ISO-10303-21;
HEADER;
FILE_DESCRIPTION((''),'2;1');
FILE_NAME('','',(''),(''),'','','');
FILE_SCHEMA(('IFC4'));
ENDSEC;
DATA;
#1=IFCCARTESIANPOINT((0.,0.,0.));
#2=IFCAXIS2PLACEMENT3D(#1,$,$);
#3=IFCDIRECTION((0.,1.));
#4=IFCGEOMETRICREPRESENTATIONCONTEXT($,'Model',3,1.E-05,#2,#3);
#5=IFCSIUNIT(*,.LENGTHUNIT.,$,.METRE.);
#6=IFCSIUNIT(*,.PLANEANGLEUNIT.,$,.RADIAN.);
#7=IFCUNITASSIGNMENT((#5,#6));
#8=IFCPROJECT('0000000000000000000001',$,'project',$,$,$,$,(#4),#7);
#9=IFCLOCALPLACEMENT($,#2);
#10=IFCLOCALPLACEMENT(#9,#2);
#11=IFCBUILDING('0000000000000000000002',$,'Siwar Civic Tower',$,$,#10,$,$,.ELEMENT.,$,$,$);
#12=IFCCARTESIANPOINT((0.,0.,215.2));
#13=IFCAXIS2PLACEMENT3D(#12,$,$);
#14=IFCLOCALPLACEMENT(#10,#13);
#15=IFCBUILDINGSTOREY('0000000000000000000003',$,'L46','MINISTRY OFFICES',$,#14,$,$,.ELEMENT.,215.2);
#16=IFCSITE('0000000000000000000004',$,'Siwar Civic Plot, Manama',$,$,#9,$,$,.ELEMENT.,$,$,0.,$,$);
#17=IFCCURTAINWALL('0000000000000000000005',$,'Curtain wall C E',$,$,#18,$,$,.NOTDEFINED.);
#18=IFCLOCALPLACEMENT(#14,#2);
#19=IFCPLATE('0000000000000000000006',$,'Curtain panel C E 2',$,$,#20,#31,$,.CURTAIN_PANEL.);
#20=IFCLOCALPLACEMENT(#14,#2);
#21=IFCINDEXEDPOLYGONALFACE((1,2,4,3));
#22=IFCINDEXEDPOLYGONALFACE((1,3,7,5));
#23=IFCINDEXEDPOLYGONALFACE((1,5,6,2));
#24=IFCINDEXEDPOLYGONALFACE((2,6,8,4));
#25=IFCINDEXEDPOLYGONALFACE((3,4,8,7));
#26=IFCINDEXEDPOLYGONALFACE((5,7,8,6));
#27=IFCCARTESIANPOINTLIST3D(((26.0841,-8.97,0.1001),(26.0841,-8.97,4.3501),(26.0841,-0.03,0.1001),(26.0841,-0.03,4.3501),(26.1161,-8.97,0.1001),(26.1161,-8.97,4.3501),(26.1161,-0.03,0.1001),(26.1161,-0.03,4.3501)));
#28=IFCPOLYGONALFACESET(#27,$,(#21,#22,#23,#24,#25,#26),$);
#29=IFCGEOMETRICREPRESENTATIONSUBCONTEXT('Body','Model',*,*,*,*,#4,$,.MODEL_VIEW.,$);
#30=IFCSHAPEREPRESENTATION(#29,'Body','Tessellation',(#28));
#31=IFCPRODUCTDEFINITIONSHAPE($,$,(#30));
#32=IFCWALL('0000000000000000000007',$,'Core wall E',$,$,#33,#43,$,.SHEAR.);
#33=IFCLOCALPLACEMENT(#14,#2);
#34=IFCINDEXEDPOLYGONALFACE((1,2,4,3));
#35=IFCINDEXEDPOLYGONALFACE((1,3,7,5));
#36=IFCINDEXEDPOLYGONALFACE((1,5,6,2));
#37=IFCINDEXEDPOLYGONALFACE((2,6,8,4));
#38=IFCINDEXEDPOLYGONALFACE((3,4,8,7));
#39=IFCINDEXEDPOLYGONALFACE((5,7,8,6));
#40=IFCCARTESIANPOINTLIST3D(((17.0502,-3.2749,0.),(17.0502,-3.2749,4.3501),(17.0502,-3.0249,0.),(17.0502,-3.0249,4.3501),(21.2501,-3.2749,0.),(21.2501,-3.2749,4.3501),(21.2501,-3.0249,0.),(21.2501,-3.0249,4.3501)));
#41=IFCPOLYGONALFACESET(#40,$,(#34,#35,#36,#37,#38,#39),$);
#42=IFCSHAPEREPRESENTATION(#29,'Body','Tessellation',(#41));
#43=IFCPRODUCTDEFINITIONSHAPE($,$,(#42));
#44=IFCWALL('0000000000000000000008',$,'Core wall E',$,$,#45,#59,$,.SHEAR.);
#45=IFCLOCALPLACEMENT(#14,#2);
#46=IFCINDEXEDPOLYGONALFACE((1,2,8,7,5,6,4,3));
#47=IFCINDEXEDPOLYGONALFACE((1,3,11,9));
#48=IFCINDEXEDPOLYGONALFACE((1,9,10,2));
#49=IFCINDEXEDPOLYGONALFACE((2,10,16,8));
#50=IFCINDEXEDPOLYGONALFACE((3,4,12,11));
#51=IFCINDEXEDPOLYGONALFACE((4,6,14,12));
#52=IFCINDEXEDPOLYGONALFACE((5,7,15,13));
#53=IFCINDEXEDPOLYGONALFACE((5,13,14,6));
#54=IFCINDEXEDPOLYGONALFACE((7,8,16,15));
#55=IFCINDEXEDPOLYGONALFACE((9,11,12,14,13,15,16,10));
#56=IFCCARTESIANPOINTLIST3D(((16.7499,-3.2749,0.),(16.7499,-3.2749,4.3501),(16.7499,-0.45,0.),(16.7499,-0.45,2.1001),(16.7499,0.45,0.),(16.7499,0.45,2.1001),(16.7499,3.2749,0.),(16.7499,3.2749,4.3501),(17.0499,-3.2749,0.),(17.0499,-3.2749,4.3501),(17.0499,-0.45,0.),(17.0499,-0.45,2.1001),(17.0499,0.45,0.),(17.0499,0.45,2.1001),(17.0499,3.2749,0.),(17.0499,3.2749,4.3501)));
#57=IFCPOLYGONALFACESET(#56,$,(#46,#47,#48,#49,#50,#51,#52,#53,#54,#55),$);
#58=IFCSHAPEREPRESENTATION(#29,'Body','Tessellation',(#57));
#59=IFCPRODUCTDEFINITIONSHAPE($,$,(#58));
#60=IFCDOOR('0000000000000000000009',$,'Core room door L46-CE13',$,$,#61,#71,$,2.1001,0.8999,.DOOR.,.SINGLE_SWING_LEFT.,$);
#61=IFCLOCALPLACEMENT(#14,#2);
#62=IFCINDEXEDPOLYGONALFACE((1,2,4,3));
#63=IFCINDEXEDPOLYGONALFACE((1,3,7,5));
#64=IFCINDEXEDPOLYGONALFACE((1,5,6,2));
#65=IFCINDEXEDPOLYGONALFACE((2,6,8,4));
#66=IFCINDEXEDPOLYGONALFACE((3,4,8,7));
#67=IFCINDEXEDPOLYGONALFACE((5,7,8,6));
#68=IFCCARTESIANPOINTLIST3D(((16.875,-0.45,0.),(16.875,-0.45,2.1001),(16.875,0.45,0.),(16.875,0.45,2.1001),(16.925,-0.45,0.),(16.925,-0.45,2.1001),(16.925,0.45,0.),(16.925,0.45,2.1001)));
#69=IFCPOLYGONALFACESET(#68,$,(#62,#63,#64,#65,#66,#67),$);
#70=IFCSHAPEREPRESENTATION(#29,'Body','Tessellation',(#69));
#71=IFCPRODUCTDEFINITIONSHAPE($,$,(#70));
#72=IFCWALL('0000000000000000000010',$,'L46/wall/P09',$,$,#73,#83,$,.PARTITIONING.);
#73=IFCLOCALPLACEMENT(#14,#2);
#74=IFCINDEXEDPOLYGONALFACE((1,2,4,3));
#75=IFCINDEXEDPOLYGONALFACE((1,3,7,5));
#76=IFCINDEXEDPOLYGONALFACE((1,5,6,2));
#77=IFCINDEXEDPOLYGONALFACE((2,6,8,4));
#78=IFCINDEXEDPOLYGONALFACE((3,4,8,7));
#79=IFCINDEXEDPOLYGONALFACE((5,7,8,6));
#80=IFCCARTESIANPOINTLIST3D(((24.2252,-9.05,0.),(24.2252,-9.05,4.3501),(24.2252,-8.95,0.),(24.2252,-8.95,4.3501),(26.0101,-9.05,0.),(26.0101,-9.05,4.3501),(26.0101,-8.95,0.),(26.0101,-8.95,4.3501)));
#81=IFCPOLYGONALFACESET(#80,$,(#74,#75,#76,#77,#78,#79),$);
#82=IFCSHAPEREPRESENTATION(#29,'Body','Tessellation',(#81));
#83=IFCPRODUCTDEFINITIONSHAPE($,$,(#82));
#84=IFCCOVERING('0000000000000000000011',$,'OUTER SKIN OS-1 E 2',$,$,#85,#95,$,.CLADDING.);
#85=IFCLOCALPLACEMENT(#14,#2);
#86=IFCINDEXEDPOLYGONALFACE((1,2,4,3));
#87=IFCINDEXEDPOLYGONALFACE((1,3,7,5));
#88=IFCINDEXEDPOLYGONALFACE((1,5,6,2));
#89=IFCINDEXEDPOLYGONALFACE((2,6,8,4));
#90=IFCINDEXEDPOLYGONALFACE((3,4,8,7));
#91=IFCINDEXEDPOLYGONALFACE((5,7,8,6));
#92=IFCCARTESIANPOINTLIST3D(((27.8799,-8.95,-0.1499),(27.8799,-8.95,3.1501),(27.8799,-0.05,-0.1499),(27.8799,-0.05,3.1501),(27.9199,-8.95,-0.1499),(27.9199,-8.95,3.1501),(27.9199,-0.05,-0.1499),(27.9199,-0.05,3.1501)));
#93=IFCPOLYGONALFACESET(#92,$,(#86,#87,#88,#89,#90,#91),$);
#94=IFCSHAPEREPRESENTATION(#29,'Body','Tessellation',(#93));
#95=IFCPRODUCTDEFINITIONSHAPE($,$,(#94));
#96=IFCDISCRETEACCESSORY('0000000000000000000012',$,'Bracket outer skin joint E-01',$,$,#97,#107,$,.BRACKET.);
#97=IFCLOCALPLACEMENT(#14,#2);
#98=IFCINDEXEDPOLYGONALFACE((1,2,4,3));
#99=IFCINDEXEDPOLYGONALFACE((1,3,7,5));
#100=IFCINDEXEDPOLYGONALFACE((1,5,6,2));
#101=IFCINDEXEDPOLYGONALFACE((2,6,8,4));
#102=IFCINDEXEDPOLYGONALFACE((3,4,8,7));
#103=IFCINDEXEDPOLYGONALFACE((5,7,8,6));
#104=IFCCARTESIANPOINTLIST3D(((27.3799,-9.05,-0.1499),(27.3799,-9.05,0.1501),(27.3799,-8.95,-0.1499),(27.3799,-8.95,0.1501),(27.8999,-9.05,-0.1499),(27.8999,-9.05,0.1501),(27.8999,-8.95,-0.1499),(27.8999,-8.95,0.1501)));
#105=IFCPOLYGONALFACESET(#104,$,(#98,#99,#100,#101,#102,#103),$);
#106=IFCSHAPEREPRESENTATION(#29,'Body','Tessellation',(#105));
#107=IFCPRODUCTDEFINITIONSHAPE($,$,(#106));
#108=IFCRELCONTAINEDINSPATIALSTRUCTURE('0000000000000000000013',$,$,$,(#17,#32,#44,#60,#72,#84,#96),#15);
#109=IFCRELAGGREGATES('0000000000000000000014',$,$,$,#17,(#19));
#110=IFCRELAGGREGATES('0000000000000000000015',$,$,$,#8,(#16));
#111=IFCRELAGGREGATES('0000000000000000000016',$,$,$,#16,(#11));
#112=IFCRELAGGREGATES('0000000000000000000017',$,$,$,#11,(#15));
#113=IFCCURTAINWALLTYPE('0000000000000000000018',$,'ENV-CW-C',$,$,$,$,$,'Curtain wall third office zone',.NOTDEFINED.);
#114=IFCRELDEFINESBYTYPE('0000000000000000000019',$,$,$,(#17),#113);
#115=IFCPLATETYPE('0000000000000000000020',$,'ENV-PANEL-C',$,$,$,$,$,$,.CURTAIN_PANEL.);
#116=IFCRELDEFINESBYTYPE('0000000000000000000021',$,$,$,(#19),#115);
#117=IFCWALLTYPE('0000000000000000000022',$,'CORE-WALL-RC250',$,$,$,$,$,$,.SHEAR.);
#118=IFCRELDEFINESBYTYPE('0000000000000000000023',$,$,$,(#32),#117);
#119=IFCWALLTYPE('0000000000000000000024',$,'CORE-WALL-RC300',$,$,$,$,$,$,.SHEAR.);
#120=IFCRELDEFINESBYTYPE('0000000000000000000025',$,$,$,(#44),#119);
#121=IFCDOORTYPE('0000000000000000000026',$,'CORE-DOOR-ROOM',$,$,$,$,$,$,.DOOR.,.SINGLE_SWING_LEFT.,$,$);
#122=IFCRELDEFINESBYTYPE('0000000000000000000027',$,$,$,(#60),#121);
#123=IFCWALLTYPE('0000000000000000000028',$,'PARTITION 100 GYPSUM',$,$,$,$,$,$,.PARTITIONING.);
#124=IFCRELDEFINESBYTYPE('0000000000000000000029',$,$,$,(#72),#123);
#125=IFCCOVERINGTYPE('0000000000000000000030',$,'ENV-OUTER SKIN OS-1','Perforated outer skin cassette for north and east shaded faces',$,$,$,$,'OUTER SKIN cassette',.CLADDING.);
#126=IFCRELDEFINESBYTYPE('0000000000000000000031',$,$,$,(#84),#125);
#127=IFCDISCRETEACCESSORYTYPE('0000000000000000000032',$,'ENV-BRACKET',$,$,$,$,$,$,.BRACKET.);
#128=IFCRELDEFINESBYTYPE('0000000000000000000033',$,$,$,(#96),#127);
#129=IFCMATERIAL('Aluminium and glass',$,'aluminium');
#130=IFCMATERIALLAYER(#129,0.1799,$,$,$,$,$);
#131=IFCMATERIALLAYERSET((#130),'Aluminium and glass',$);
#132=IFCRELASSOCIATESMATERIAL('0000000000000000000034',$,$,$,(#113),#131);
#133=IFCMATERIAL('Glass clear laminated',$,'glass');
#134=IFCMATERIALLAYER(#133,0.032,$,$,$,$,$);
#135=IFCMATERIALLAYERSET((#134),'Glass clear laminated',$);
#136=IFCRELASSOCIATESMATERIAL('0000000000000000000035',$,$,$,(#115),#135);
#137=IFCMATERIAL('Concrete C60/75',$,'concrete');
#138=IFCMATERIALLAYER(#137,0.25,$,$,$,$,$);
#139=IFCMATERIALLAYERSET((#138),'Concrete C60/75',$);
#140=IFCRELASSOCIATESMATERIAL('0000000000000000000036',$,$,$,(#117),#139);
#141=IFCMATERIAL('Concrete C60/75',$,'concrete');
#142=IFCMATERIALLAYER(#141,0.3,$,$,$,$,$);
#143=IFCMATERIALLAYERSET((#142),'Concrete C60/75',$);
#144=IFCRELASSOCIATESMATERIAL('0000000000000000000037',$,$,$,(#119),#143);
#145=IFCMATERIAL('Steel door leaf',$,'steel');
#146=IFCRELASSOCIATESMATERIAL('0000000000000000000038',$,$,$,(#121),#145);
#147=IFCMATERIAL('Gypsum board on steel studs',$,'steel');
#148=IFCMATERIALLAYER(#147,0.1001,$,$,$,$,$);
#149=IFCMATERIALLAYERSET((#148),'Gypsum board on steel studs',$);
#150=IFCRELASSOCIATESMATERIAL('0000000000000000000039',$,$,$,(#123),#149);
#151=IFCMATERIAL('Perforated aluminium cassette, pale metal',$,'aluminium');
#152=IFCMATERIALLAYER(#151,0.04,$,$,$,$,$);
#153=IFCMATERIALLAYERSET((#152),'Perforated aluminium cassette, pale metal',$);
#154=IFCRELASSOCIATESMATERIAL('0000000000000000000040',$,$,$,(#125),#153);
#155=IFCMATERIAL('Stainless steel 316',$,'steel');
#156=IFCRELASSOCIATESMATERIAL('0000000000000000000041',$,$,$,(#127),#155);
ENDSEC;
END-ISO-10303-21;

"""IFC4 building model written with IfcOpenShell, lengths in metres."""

from ifc_helpers import new_model, si_unit, direction, frame, frame_2d, origin, origin_2d, place, context, subcontext, project, spatial, rectangle, extrude, material, layer, layer_set, type_object, element, fill, aggregate, save


model = new_model("IFC4")

# Units and contexts
model_context = context("Model", 3, precision=1e-05, world=origin(), true_north=direction((0.0, 1.0)))
body_context = subcontext(model_context, "Body", "Model", "MODEL_VIEW")
ifc_project = project(units=[si_unit("LENGTHUNIT", "METRE"), si_unit("PLANEANGLEUNIT", "RADIAN")], contexts=[model_context])

# Site, building, storey
site_placement = place(None, origin())
site = spatial("IfcSite", under=ifc_project, at=site_placement, Name="Siwar Civic Plot, Manama", CompositionType="ELEMENT", RefElevation=0.0)
building_placement = place(site_placement, origin())
building = spatial("IfcBuilding", under=site, at=building_placement, Name="Siwar Civic Tower", CompositionType="ELEMENT")
storey_placement = place(building_placement, frame((0.0, 0.0, 215.2)))
storey = spatial("IfcBuildingStorey", under=building, at=storey_placement, Name="L46", Description="MINISTRY OFFICES", CompositionType="ELEMENT", Elevation=215.2)

# Curtain wall
ifc_material_1 = material(Name="Aluminium and glass", Category="aluminium")
ifc_layer_1 = layer(ifc_material_1, 0.1799)
ifc_layer_set_1 = layer_set([ifc_layer_1], Name="Aluminium and glass")
curtain_wall_type = type_object("IfcCurtainWallType", Name="ENV-CW-C", ElementType="Curtain wall third office zone", PredefinedType="NOTDEFINED", material=ifc_layer_set_1)
curtain_wall_placement = place(storey_placement, origin())
curtain_wall = element("IfcCurtainWall", 1, at=curtain_wall_placement, inside=storey, type_object=curtain_wall_type, Name="Curtain wall C E", PredefinedType="NOTDEFINED")

# Plate
ifc_material_2 = material(Name="Glass clear laminated", Category="glass")
ifc_layer_2 = layer(ifc_material_2, 0.032)
ifc_layer_set_2 = layer_set([ifc_layer_2], Name="Glass clear laminated")
plate_type = type_object("IfcPlateType", Name="ENV-PANEL-C", PredefinedType="CURTAIN_PANEL", material=ifc_layer_set_2)
plate_placement = place(storey_placement, frame((26.1001, -4.5, 0.1001), z_axis=(0.0, 0.0, 1.0), x_axis=(0.0, 1.0, 0.0)))
plate = element("IfcPlate", 2, at=plate_placement, type_object=plate_type, Name="Curtain panel C E 2", PredefinedType="CURTAIN_PANEL", context=body_context, shape_type="SweptSolid", body=[
    extrude(rectangle(XDim=8.9399, YDim=0.032, at=origin_2d()), origin(), (0.0, 0.0, 1.0), 4.25),
])
aggregate(curtain_wall, [plate])

# Wall
ifc_material_3 = material(Name="Concrete C60/75", Category="concrete")
ifc_layer_3 = layer(ifc_material_3, 0.25)
ifc_layer_set_3 = layer_set([ifc_layer_3], Name="Concrete C60/75")
wall_type_1 = type_object("IfcWallType", Name="CORE-WALL-RC250", PredefinedType="SHEAR", material=ifc_layer_set_3)
wall_1_placement = place(storey_placement, frame((17.05, -3.1499, 0.0), z_axis=(0.0, 0.0, 1.0), x_axis=(1.0, 0.0, 0.0)))
element("IfcWall", 3, at=wall_1_placement, inside=storey, type_object=wall_type_1, Name="Core wall E", PredefinedType="SHEAR", context=body_context, shape_type="SweptSolid", body=[
    extrude(rectangle(XDim=4.2, YDim=0.25, at=frame_2d((2.1001, 0.0))), origin(), (0.0, 0.0, 1.0), 4.3501),
])

# Wall, opening, door
ifc_material_4 = material(Name="Concrete C60/75", Category="concrete")
ifc_layer_4 = layer(ifc_material_4, 0.3)
ifc_layer_set_4 = layer_set([ifc_layer_4], Name="Concrete C60/75")
wall_type_2 = type_object("IfcWallType", Name="CORE-WALL-RC300", PredefinedType="SHEAR", material=ifc_layer_set_4)
wall_2_placement = place(storey_placement, frame((16.8999, -3.2749, 0.0), z_axis=(0.0, 0.0, 1.0), x_axis=(0.0, 1.0, 0.0)))
wall_2 = element("IfcWall", 4, at=wall_2_placement, inside=storey, type_object=wall_type_2, Name="Core wall E", PredefinedType="SHEAR", context=body_context, shape_type="SweptSolid", body=[
    extrude(rectangle(XDim=6.5498, YDim=0.3, at=frame_2d((3.2749, 0.0))), origin(), (0.0, 0.0, 1.0), 4.3501),
])
opening_placement = place(wall_2_placement, frame((2.825, 0.0, 0.0)))
opening = element("IfcOpeningElement", 5, at=opening_placement, cuts=wall_2, PredefinedType="OPENING", context=body_context, shape_type="SweptSolid", body=[
    extrude(rectangle(XDim=0.8999, YDim=2.1001, at=frame_2d((0.45, 1.05))), frame((0.0, 0.1602, 0.0), z_axis=(0.0, -1.0, 0.0), x_axis=(1.0, 0.0, 0.0)), (0.0, 0.0, 1.0), 0.3201),
])
ifc_material_5 = material(Name="Steel door leaf", Category="steel")
door_type = type_object("IfcDoorType", Name="CORE-DOOR-ROOM", OperationType="SINGLE_SWING_LEFT", PredefinedType="DOOR", material=ifc_material_5)
door_placement = place(opening_placement, origin())
door = element("IfcDoor", 6, at=door_placement, inside=storey, type_object=door_type, Name="Core room door L46-CE13", OperationType="SINGLE_SWING_LEFT", OverallHeight=2.1001, OverallWidth=0.8999, PredefinedType="DOOR", context=body_context, shape_type="SweptSolid", body=[
    extrude(rectangle(XDim=0.8999, YDim=2.1001, at=frame_2d((0.45, 1.05))), frame((0.0, 0.0249, 0.0), z_axis=(0.0, -1.0, 0.0), x_axis=(1.0, 0.0, 0.0)), (0.0, 0.0, 1.0), 0.05),
])
fill(opening, door)

# Wall
ifc_material_6 = material(Name="Gypsum board on steel studs", Category="steel")
ifc_layer_5 = layer(ifc_material_6, 0.1001)
ifc_layer_set_5 = layer_set([ifc_layer_5], Name="Gypsum board on steel studs")
wall_type_3 = type_object("IfcWallType", Name="PARTITION 100 GYPSUM", PredefinedType="PARTITIONING", material=ifc_layer_set_5)
wall_3_placement = place(storey_placement, frame((24.2251, -9.0, 0.0), z_axis=(0.0, 0.0, 1.0), x_axis=(1.0, 0.0, 0.0)))
element("IfcWall", 7, at=wall_3_placement, inside=storey, type_object=wall_type_3, Name="L46/wall/P09", PredefinedType="PARTITIONING", context=body_context, shape_type="SweptSolid", body=[
    extrude(rectangle(XDim=1.7849, YDim=0.1001, at=frame_2d((0.8926, 0.0))), origin(), (0.0, 0.0, 1.0), 4.3501),
])

# Covering
ifc_material_7 = material(Name="Perforated aluminium cassette, pale metal", Category="aluminium")
ifc_layer_6 = layer(ifc_material_7, 0.04)
ifc_layer_set_6 = layer_set([ifc_layer_6], Name="Perforated aluminium cassette, pale metal")
covering_type = type_object("IfcCoveringType", Name="ENV-OUTER SKIN OS-1", Description="Perforated outer skin cassette for north and east shaded faces", ElementType="OUTER SKIN cassette", PredefinedType="CLADDING", material=ifc_layer_set_6)
covering_placement = place(storey_placement, frame((27.8999, -4.5, -0.1499), z_axis=(0.0, 0.0, 1.0), x_axis=(0.0, 1.0, 0.0)))
element("IfcCovering", 8, at=covering_placement, inside=storey, type_object=covering_type, Name="OUTER SKIN OS-1 E 2", PredefinedType="CLADDING", context=body_context, shape_type="SweptSolid", body=[
    extrude(rectangle(XDim=8.8999, YDim=0.04, at=origin_2d()), origin(), (0.0, 0.0, 1.0), 3.3),
])

# Discrete accessory
ifc_material_8 = material(Name="Stainless steel 316", Category="steel")
discrete_accessory_type = type_object("IfcDiscreteAccessoryType", Name="ENV-BRACKET", PredefinedType="BRACKET", material=ifc_material_8)
discrete_accessory_placement = place(storey_placement, frame((27.6399, -9.0, -0.1499), z_axis=(0.0, 0.0, 1.0), x_axis=(1.0, 0.0, 0.0)))
element("IfcDiscreteAccessory", 9, at=discrete_accessory_placement, inside=storey, type_object=discrete_accessory_type, Name="Bracket outer skin joint E-01", PredefinedType="BRACKET", context=body_context, shape_type="SweptSolid", body=[
    extrude(rectangle(XDim=0.52, YDim=0.1001, at=origin_2d()), origin(), (0.0, 0.0, 1.0), 0.3),
])

save(model, "model.ifc")
